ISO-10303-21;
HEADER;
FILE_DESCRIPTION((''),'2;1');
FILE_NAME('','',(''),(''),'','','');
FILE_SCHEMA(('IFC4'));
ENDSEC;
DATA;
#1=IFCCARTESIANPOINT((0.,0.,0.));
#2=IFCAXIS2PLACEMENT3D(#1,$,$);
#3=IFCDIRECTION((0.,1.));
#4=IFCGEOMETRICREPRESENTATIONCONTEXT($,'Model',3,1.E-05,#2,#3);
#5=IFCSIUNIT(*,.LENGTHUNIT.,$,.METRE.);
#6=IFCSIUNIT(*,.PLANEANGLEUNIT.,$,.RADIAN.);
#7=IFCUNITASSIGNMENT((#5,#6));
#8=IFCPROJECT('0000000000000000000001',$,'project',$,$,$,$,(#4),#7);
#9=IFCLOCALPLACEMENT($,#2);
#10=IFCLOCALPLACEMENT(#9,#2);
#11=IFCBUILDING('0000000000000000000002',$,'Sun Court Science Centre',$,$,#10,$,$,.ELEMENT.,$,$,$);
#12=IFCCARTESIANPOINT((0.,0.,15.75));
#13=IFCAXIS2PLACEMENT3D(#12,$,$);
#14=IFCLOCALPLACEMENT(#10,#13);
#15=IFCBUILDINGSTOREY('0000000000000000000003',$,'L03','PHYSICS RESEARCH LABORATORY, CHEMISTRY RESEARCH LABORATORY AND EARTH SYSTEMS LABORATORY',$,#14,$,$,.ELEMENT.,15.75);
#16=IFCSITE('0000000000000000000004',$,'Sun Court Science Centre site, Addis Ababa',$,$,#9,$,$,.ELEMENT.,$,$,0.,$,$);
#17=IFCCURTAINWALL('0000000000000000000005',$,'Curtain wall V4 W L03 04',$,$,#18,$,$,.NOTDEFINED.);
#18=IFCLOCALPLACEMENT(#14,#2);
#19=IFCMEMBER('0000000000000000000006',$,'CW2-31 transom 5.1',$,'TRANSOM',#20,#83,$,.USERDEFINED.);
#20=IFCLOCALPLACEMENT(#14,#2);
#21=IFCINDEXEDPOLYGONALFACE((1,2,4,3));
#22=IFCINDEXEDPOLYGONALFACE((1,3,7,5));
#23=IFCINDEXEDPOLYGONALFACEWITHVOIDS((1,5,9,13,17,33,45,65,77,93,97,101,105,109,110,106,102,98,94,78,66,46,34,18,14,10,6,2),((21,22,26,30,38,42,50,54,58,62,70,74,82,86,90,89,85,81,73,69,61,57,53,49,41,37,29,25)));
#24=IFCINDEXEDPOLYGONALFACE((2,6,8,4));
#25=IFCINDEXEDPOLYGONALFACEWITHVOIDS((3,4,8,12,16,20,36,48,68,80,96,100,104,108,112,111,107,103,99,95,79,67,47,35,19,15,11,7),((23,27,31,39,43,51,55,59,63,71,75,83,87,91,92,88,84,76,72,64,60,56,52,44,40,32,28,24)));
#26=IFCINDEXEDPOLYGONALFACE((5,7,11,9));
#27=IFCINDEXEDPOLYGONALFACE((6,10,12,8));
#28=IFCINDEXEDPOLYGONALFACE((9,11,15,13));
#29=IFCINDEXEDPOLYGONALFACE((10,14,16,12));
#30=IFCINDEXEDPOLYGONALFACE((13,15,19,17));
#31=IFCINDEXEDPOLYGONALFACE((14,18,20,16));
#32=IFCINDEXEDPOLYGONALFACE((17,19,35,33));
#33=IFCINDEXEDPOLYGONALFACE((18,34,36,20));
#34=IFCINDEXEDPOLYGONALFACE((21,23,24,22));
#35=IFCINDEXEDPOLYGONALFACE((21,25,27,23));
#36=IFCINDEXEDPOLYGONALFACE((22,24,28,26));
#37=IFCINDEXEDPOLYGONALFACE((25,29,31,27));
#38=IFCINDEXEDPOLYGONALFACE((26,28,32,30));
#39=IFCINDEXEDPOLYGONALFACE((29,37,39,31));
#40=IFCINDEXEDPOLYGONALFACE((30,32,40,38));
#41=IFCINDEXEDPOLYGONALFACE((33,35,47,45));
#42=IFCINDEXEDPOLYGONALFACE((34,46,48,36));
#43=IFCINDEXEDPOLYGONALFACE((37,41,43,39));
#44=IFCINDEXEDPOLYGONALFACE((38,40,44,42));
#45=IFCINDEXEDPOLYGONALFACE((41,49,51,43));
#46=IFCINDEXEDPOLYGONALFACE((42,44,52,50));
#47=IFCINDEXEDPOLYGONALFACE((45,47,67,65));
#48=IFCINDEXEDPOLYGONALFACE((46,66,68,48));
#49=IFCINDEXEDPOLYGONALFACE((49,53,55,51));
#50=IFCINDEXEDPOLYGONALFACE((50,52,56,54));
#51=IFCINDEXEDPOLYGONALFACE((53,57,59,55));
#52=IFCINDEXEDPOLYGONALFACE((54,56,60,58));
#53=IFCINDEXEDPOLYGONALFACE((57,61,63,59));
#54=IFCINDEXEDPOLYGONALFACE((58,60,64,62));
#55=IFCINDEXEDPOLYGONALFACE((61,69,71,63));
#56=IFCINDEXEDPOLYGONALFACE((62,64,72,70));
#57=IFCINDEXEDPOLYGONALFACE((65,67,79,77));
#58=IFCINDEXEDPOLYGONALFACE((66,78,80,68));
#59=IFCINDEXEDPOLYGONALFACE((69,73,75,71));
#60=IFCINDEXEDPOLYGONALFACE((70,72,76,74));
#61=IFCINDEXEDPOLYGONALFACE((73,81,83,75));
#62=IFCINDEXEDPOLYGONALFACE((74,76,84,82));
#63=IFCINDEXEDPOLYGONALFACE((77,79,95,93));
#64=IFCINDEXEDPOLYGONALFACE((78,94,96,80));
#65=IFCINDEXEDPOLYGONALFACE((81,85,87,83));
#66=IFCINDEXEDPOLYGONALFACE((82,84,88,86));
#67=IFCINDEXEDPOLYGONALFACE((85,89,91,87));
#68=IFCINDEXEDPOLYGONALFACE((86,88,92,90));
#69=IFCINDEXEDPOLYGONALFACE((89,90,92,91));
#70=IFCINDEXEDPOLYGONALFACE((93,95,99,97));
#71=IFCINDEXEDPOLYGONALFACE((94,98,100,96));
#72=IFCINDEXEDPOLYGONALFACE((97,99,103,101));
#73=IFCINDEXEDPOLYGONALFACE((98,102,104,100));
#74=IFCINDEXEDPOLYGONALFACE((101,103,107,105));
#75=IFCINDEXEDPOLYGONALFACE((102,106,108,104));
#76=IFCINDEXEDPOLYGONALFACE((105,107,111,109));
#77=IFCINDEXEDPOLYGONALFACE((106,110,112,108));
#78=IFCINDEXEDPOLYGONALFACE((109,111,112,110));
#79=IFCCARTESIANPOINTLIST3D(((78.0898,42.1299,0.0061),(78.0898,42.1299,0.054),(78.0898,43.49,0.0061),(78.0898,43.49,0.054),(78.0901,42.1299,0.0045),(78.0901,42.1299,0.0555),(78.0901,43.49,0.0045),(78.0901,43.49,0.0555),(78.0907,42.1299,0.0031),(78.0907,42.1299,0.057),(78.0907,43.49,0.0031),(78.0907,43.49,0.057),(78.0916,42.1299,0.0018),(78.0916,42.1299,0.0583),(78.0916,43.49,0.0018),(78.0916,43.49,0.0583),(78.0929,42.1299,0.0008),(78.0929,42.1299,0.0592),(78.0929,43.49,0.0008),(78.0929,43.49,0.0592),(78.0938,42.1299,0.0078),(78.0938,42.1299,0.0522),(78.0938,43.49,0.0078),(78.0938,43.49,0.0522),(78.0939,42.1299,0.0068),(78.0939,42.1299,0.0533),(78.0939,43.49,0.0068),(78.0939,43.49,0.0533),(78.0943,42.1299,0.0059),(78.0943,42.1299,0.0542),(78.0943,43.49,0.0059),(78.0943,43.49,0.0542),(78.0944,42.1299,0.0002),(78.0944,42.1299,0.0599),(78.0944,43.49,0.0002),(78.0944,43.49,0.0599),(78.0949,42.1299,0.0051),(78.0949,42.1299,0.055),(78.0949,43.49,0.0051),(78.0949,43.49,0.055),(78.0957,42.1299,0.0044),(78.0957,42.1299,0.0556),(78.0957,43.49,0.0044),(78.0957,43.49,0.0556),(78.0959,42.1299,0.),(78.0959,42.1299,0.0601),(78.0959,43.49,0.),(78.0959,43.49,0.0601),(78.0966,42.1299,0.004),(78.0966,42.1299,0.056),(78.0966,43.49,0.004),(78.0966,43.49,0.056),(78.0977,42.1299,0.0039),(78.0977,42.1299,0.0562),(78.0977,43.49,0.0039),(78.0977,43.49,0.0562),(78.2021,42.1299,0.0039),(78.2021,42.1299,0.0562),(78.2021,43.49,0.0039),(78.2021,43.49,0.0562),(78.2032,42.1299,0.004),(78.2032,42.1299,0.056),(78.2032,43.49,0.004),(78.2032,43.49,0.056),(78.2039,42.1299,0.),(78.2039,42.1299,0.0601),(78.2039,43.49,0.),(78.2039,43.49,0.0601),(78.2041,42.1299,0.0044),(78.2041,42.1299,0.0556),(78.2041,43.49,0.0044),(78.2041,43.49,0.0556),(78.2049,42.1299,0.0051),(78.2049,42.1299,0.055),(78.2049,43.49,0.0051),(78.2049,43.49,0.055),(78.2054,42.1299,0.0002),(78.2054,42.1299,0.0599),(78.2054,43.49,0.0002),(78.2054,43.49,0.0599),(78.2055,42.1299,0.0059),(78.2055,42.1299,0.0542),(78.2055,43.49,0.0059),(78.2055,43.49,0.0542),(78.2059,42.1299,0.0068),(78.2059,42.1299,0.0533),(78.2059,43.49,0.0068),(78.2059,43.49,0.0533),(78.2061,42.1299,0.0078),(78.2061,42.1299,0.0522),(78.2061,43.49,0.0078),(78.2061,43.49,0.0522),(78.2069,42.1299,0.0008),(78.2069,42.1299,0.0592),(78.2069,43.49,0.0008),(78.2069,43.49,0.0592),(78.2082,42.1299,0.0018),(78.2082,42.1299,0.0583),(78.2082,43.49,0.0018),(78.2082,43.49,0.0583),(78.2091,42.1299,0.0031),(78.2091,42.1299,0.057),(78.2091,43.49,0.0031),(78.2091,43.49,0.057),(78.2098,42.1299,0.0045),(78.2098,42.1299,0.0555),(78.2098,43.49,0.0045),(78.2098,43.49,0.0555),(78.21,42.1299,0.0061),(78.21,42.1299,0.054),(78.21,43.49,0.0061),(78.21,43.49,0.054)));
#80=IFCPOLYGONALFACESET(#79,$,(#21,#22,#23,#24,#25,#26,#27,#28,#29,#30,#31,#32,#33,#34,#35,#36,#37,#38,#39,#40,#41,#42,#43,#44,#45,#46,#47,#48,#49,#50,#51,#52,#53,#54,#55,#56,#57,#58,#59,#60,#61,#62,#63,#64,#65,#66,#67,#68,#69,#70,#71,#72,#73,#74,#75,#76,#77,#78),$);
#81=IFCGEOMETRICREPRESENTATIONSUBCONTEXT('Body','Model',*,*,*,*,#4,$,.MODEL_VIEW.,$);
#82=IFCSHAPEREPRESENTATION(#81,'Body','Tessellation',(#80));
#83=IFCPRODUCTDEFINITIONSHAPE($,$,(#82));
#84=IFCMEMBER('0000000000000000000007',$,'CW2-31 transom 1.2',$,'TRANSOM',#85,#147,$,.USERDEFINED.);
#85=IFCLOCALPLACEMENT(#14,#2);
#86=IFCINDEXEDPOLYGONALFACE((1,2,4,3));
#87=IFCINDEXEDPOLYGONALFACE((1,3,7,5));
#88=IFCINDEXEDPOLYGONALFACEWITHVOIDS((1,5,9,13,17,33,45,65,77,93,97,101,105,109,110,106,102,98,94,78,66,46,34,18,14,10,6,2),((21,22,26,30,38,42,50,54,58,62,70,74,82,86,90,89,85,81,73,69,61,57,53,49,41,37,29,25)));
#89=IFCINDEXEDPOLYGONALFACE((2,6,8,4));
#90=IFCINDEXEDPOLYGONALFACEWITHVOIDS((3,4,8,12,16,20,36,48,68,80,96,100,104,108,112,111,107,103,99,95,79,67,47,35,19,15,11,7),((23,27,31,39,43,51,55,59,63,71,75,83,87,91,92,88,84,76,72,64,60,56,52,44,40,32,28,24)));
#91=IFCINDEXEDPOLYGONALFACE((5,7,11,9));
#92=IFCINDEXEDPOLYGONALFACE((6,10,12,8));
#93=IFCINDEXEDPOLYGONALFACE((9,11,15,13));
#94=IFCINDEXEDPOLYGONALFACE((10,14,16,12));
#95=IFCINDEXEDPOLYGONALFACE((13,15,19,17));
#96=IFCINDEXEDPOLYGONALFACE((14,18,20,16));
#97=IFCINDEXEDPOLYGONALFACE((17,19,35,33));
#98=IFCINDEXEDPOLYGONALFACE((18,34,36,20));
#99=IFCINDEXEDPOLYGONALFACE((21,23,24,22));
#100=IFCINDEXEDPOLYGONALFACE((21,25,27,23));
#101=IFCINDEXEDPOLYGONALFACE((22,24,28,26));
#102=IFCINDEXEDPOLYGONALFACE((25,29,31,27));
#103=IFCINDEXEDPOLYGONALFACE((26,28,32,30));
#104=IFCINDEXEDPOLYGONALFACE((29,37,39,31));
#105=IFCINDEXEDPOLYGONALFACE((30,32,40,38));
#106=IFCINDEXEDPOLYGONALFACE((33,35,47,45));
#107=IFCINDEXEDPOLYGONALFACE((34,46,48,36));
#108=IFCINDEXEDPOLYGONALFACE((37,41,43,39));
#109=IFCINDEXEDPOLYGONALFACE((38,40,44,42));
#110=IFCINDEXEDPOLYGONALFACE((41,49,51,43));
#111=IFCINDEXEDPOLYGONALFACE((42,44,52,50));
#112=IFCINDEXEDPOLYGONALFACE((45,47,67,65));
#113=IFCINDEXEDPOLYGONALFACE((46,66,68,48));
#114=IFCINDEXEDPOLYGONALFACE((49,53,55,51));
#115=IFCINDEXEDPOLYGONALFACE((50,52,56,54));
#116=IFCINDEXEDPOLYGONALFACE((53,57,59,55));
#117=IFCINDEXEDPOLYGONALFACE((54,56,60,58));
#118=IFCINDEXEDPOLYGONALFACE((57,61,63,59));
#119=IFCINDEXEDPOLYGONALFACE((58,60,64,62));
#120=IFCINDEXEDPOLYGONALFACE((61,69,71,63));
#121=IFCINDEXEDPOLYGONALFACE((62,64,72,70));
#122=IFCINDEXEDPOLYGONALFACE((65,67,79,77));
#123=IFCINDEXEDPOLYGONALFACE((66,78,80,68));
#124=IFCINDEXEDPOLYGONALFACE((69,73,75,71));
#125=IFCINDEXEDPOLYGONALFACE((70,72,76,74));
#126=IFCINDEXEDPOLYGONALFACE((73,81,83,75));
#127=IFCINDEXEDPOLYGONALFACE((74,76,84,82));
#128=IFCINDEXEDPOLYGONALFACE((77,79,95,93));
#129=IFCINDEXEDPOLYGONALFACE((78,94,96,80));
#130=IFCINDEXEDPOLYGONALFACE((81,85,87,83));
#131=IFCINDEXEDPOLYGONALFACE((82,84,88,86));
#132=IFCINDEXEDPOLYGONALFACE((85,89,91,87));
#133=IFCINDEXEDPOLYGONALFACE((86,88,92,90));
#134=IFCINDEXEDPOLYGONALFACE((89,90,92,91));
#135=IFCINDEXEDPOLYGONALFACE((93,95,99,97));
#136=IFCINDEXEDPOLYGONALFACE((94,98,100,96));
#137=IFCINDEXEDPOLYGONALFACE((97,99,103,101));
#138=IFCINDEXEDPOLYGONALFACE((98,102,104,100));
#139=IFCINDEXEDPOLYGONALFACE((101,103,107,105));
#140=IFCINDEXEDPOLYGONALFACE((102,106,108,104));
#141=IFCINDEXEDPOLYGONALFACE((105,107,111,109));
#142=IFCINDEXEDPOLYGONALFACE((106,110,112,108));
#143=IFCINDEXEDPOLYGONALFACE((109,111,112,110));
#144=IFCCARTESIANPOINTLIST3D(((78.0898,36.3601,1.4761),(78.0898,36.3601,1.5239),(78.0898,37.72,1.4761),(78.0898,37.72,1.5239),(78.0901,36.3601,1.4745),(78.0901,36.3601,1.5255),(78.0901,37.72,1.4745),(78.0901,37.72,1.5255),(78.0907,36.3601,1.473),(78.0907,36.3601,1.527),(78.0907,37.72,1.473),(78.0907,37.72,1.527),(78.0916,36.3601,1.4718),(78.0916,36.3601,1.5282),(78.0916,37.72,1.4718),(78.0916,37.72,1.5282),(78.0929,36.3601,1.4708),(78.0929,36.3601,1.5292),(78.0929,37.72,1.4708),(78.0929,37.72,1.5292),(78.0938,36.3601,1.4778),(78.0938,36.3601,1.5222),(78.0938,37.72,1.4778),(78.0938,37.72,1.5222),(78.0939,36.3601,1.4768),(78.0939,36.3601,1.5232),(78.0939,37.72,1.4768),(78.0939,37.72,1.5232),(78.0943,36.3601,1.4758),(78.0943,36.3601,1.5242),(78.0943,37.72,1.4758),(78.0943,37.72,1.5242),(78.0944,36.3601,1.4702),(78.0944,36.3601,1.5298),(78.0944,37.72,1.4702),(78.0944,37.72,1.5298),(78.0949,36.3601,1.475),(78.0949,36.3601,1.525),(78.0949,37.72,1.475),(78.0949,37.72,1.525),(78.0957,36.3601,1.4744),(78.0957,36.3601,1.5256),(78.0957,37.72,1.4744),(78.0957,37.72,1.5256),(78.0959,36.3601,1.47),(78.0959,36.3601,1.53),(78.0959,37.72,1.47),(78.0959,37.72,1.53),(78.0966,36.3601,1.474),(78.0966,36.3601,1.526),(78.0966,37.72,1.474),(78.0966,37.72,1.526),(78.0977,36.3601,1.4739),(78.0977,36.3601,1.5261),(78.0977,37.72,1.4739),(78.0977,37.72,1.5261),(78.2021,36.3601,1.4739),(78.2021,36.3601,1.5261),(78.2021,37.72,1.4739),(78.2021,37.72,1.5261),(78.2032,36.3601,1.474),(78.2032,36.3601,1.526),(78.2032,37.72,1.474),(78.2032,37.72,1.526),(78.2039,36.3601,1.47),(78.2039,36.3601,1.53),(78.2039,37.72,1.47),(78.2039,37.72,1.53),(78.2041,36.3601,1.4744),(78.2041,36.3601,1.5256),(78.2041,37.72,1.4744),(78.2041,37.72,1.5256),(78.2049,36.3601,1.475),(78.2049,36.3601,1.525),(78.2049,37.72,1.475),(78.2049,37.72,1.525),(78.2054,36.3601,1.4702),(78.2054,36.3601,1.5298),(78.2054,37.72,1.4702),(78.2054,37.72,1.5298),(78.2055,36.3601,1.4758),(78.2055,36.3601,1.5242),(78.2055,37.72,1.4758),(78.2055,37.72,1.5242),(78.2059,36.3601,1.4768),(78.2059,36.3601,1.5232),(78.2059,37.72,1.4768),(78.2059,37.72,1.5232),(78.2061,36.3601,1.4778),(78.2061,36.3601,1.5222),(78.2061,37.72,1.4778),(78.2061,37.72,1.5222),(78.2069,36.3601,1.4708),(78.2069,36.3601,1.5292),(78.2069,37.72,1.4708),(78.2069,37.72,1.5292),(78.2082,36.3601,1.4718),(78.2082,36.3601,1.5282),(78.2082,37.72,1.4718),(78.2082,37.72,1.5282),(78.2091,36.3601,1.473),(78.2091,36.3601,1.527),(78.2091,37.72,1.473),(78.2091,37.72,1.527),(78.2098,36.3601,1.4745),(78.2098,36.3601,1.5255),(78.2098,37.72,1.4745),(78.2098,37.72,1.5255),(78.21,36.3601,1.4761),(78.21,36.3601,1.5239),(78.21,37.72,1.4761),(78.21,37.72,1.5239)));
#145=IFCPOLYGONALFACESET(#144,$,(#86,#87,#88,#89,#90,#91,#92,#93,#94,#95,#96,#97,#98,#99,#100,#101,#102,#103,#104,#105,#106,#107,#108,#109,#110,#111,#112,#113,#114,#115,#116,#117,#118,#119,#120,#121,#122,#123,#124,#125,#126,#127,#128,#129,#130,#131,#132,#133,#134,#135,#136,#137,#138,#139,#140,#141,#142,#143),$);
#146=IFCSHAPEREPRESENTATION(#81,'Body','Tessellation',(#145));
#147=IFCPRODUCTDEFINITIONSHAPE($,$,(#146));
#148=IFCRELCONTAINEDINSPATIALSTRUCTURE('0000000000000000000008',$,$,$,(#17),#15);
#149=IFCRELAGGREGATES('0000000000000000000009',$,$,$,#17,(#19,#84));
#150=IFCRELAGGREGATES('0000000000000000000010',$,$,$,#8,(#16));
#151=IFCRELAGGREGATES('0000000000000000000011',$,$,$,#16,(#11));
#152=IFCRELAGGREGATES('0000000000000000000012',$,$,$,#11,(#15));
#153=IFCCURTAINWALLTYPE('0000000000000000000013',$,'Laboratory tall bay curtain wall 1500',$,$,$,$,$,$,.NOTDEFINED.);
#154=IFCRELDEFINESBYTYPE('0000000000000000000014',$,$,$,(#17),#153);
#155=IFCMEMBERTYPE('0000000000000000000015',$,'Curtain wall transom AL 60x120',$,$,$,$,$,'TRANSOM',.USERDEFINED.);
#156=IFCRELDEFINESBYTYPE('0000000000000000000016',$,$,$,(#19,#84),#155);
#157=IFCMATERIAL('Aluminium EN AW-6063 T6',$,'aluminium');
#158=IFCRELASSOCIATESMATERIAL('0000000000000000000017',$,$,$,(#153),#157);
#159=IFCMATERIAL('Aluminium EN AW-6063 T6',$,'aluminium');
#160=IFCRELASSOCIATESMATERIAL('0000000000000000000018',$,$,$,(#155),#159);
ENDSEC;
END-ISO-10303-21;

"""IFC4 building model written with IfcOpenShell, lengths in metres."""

from ifc_helpers import new_model, si_unit, direction, frame, origin, origin_2d, place, context, subcontext, project, spatial, hollow_rectangle, extrude, material, material_profile, profile_set, type_object, element, aggregate, save


model = new_model("IFC4")

# Units and contexts
model_context = context("Model", 3, precision=1e-05, world=origin(), true_north=direction((0.0, 1.0)))
body_context = subcontext(model_context, "Body", "Model", "MODEL_VIEW")
ifc_project = project(units=[si_unit("LENGTHUNIT", "METRE"), si_unit("PLANEANGLEUNIT", "RADIAN")], contexts=[model_context])

# Site, building, storey
site_placement = place(None, origin())
site = spatial("IfcSite", under=ifc_project, at=site_placement, Name="Sun Court Science Centre site, Addis Ababa", CompositionType="ELEMENT", RefElevation=0.0)
building_placement = place(site_placement, origin())
building = spatial("IfcBuilding", under=site, at=building_placement, Name="Sun Court Science Centre", CompositionType="ELEMENT")
storey_placement = place(building_placement, frame((0.0, 0.0, 15.75)))
storey = spatial("IfcBuildingStorey", under=building, at=storey_placement, Name="L03", Description="PHYSICS RESEARCH LABORATORY, CHEMISTRY RESEARCH LABORATORY AND EARTH SYSTEMS LABORATORY", CompositionType="ELEMENT", Elevation=15.75)

# Curtain wall
ifc_material_1 = material(Name="Aluminium EN AW-6063 T6", Category="aluminium")
curtain_wall_type = type_object("IfcCurtainWallType", Name="Laboratory tall bay curtain wall 1500", PredefinedType="NOTDEFINED", material=ifc_material_1)
curtain_wall_1_placement = place(storey_placement, origin())
curtain_wall_1 = element("IfcCurtainWall", 1, at=curtain_wall_1_placement, inside=storey, type_object=curtain_wall_type, Name="Curtain wall V4 W L03 04", PredefinedType="NOTDEFINED")

# Members
ifc_material_2 = material(Name="Aluminium EN AW-6063 T6", Category="aluminium")
ifc_material_profile_1 = material_profile(ifc_material_2, hollow_rectangle(XDim=0.0601, YDim=0.1201, WallThickness=0.0039, InnerFilletRadius=0.0039, OuterFilletRadius=0.0061, at=origin_2d()), Name="AL 60x120x4")
ifc_profile_set_1 = profile_set([ifc_material_profile_1], Name="Aluminium EN AW-6063 T6")
member_type_1 = type_object("IfcMemberType", Name="Curtain wall transom AL 60x120", ElementType="TRANSOM", PredefinedType="USERDEFINED", material=ifc_profile_set_1)
member_1_placement = place(storey_placement, frame((78.1499, 42.1299, 0.03), z_axis=(0.0, 1.0, 0.0), x_axis=(0.0, 0.0, 1.0)))
member_1 = element("IfcMember", 2, at=member_1_placement, type_object=member_type_1, Name="CW2-31 transom 5.1", ObjectType="TRANSOM", PredefinedType="USERDEFINED", context=body_context, shape_type="SweptSolid", body=[
    extrude(hollow_rectangle(XDim=0.0601, YDim=0.1201, WallThickness=0.0039, InnerFilletRadius=0.0039, OuterFilletRadius=0.0061, at=origin_2d()), origin(), (0.0, 0.0, 1.0), 1.3601),
])
member_2_placement = place(storey_placement, frame((78.1499, 36.3601, 1.5), z_axis=(0.0, 1.0, 0.0), x_axis=(0.0, 0.0, 1.0)))
member_2 = element("IfcMember", 3, at=member_2_placement, type_object=member_type_1, Name="CW2-31 transom 1.2", ObjectType="TRANSOM", PredefinedType="USERDEFINED", context=body_context, shape_type="SweptSolid", body=[
    extrude(hollow_rectangle(XDim=0.0601, YDim=0.1201, WallThickness=0.0039, InnerFilletRadius=0.0039, OuterFilletRadius=0.0061, at=origin_2d()), origin(), (0.0, 0.0, 1.0), 1.3599),
])

aggregate(curtain_wall_1, [member_1, member_2])

save(model, "model.ifc")
